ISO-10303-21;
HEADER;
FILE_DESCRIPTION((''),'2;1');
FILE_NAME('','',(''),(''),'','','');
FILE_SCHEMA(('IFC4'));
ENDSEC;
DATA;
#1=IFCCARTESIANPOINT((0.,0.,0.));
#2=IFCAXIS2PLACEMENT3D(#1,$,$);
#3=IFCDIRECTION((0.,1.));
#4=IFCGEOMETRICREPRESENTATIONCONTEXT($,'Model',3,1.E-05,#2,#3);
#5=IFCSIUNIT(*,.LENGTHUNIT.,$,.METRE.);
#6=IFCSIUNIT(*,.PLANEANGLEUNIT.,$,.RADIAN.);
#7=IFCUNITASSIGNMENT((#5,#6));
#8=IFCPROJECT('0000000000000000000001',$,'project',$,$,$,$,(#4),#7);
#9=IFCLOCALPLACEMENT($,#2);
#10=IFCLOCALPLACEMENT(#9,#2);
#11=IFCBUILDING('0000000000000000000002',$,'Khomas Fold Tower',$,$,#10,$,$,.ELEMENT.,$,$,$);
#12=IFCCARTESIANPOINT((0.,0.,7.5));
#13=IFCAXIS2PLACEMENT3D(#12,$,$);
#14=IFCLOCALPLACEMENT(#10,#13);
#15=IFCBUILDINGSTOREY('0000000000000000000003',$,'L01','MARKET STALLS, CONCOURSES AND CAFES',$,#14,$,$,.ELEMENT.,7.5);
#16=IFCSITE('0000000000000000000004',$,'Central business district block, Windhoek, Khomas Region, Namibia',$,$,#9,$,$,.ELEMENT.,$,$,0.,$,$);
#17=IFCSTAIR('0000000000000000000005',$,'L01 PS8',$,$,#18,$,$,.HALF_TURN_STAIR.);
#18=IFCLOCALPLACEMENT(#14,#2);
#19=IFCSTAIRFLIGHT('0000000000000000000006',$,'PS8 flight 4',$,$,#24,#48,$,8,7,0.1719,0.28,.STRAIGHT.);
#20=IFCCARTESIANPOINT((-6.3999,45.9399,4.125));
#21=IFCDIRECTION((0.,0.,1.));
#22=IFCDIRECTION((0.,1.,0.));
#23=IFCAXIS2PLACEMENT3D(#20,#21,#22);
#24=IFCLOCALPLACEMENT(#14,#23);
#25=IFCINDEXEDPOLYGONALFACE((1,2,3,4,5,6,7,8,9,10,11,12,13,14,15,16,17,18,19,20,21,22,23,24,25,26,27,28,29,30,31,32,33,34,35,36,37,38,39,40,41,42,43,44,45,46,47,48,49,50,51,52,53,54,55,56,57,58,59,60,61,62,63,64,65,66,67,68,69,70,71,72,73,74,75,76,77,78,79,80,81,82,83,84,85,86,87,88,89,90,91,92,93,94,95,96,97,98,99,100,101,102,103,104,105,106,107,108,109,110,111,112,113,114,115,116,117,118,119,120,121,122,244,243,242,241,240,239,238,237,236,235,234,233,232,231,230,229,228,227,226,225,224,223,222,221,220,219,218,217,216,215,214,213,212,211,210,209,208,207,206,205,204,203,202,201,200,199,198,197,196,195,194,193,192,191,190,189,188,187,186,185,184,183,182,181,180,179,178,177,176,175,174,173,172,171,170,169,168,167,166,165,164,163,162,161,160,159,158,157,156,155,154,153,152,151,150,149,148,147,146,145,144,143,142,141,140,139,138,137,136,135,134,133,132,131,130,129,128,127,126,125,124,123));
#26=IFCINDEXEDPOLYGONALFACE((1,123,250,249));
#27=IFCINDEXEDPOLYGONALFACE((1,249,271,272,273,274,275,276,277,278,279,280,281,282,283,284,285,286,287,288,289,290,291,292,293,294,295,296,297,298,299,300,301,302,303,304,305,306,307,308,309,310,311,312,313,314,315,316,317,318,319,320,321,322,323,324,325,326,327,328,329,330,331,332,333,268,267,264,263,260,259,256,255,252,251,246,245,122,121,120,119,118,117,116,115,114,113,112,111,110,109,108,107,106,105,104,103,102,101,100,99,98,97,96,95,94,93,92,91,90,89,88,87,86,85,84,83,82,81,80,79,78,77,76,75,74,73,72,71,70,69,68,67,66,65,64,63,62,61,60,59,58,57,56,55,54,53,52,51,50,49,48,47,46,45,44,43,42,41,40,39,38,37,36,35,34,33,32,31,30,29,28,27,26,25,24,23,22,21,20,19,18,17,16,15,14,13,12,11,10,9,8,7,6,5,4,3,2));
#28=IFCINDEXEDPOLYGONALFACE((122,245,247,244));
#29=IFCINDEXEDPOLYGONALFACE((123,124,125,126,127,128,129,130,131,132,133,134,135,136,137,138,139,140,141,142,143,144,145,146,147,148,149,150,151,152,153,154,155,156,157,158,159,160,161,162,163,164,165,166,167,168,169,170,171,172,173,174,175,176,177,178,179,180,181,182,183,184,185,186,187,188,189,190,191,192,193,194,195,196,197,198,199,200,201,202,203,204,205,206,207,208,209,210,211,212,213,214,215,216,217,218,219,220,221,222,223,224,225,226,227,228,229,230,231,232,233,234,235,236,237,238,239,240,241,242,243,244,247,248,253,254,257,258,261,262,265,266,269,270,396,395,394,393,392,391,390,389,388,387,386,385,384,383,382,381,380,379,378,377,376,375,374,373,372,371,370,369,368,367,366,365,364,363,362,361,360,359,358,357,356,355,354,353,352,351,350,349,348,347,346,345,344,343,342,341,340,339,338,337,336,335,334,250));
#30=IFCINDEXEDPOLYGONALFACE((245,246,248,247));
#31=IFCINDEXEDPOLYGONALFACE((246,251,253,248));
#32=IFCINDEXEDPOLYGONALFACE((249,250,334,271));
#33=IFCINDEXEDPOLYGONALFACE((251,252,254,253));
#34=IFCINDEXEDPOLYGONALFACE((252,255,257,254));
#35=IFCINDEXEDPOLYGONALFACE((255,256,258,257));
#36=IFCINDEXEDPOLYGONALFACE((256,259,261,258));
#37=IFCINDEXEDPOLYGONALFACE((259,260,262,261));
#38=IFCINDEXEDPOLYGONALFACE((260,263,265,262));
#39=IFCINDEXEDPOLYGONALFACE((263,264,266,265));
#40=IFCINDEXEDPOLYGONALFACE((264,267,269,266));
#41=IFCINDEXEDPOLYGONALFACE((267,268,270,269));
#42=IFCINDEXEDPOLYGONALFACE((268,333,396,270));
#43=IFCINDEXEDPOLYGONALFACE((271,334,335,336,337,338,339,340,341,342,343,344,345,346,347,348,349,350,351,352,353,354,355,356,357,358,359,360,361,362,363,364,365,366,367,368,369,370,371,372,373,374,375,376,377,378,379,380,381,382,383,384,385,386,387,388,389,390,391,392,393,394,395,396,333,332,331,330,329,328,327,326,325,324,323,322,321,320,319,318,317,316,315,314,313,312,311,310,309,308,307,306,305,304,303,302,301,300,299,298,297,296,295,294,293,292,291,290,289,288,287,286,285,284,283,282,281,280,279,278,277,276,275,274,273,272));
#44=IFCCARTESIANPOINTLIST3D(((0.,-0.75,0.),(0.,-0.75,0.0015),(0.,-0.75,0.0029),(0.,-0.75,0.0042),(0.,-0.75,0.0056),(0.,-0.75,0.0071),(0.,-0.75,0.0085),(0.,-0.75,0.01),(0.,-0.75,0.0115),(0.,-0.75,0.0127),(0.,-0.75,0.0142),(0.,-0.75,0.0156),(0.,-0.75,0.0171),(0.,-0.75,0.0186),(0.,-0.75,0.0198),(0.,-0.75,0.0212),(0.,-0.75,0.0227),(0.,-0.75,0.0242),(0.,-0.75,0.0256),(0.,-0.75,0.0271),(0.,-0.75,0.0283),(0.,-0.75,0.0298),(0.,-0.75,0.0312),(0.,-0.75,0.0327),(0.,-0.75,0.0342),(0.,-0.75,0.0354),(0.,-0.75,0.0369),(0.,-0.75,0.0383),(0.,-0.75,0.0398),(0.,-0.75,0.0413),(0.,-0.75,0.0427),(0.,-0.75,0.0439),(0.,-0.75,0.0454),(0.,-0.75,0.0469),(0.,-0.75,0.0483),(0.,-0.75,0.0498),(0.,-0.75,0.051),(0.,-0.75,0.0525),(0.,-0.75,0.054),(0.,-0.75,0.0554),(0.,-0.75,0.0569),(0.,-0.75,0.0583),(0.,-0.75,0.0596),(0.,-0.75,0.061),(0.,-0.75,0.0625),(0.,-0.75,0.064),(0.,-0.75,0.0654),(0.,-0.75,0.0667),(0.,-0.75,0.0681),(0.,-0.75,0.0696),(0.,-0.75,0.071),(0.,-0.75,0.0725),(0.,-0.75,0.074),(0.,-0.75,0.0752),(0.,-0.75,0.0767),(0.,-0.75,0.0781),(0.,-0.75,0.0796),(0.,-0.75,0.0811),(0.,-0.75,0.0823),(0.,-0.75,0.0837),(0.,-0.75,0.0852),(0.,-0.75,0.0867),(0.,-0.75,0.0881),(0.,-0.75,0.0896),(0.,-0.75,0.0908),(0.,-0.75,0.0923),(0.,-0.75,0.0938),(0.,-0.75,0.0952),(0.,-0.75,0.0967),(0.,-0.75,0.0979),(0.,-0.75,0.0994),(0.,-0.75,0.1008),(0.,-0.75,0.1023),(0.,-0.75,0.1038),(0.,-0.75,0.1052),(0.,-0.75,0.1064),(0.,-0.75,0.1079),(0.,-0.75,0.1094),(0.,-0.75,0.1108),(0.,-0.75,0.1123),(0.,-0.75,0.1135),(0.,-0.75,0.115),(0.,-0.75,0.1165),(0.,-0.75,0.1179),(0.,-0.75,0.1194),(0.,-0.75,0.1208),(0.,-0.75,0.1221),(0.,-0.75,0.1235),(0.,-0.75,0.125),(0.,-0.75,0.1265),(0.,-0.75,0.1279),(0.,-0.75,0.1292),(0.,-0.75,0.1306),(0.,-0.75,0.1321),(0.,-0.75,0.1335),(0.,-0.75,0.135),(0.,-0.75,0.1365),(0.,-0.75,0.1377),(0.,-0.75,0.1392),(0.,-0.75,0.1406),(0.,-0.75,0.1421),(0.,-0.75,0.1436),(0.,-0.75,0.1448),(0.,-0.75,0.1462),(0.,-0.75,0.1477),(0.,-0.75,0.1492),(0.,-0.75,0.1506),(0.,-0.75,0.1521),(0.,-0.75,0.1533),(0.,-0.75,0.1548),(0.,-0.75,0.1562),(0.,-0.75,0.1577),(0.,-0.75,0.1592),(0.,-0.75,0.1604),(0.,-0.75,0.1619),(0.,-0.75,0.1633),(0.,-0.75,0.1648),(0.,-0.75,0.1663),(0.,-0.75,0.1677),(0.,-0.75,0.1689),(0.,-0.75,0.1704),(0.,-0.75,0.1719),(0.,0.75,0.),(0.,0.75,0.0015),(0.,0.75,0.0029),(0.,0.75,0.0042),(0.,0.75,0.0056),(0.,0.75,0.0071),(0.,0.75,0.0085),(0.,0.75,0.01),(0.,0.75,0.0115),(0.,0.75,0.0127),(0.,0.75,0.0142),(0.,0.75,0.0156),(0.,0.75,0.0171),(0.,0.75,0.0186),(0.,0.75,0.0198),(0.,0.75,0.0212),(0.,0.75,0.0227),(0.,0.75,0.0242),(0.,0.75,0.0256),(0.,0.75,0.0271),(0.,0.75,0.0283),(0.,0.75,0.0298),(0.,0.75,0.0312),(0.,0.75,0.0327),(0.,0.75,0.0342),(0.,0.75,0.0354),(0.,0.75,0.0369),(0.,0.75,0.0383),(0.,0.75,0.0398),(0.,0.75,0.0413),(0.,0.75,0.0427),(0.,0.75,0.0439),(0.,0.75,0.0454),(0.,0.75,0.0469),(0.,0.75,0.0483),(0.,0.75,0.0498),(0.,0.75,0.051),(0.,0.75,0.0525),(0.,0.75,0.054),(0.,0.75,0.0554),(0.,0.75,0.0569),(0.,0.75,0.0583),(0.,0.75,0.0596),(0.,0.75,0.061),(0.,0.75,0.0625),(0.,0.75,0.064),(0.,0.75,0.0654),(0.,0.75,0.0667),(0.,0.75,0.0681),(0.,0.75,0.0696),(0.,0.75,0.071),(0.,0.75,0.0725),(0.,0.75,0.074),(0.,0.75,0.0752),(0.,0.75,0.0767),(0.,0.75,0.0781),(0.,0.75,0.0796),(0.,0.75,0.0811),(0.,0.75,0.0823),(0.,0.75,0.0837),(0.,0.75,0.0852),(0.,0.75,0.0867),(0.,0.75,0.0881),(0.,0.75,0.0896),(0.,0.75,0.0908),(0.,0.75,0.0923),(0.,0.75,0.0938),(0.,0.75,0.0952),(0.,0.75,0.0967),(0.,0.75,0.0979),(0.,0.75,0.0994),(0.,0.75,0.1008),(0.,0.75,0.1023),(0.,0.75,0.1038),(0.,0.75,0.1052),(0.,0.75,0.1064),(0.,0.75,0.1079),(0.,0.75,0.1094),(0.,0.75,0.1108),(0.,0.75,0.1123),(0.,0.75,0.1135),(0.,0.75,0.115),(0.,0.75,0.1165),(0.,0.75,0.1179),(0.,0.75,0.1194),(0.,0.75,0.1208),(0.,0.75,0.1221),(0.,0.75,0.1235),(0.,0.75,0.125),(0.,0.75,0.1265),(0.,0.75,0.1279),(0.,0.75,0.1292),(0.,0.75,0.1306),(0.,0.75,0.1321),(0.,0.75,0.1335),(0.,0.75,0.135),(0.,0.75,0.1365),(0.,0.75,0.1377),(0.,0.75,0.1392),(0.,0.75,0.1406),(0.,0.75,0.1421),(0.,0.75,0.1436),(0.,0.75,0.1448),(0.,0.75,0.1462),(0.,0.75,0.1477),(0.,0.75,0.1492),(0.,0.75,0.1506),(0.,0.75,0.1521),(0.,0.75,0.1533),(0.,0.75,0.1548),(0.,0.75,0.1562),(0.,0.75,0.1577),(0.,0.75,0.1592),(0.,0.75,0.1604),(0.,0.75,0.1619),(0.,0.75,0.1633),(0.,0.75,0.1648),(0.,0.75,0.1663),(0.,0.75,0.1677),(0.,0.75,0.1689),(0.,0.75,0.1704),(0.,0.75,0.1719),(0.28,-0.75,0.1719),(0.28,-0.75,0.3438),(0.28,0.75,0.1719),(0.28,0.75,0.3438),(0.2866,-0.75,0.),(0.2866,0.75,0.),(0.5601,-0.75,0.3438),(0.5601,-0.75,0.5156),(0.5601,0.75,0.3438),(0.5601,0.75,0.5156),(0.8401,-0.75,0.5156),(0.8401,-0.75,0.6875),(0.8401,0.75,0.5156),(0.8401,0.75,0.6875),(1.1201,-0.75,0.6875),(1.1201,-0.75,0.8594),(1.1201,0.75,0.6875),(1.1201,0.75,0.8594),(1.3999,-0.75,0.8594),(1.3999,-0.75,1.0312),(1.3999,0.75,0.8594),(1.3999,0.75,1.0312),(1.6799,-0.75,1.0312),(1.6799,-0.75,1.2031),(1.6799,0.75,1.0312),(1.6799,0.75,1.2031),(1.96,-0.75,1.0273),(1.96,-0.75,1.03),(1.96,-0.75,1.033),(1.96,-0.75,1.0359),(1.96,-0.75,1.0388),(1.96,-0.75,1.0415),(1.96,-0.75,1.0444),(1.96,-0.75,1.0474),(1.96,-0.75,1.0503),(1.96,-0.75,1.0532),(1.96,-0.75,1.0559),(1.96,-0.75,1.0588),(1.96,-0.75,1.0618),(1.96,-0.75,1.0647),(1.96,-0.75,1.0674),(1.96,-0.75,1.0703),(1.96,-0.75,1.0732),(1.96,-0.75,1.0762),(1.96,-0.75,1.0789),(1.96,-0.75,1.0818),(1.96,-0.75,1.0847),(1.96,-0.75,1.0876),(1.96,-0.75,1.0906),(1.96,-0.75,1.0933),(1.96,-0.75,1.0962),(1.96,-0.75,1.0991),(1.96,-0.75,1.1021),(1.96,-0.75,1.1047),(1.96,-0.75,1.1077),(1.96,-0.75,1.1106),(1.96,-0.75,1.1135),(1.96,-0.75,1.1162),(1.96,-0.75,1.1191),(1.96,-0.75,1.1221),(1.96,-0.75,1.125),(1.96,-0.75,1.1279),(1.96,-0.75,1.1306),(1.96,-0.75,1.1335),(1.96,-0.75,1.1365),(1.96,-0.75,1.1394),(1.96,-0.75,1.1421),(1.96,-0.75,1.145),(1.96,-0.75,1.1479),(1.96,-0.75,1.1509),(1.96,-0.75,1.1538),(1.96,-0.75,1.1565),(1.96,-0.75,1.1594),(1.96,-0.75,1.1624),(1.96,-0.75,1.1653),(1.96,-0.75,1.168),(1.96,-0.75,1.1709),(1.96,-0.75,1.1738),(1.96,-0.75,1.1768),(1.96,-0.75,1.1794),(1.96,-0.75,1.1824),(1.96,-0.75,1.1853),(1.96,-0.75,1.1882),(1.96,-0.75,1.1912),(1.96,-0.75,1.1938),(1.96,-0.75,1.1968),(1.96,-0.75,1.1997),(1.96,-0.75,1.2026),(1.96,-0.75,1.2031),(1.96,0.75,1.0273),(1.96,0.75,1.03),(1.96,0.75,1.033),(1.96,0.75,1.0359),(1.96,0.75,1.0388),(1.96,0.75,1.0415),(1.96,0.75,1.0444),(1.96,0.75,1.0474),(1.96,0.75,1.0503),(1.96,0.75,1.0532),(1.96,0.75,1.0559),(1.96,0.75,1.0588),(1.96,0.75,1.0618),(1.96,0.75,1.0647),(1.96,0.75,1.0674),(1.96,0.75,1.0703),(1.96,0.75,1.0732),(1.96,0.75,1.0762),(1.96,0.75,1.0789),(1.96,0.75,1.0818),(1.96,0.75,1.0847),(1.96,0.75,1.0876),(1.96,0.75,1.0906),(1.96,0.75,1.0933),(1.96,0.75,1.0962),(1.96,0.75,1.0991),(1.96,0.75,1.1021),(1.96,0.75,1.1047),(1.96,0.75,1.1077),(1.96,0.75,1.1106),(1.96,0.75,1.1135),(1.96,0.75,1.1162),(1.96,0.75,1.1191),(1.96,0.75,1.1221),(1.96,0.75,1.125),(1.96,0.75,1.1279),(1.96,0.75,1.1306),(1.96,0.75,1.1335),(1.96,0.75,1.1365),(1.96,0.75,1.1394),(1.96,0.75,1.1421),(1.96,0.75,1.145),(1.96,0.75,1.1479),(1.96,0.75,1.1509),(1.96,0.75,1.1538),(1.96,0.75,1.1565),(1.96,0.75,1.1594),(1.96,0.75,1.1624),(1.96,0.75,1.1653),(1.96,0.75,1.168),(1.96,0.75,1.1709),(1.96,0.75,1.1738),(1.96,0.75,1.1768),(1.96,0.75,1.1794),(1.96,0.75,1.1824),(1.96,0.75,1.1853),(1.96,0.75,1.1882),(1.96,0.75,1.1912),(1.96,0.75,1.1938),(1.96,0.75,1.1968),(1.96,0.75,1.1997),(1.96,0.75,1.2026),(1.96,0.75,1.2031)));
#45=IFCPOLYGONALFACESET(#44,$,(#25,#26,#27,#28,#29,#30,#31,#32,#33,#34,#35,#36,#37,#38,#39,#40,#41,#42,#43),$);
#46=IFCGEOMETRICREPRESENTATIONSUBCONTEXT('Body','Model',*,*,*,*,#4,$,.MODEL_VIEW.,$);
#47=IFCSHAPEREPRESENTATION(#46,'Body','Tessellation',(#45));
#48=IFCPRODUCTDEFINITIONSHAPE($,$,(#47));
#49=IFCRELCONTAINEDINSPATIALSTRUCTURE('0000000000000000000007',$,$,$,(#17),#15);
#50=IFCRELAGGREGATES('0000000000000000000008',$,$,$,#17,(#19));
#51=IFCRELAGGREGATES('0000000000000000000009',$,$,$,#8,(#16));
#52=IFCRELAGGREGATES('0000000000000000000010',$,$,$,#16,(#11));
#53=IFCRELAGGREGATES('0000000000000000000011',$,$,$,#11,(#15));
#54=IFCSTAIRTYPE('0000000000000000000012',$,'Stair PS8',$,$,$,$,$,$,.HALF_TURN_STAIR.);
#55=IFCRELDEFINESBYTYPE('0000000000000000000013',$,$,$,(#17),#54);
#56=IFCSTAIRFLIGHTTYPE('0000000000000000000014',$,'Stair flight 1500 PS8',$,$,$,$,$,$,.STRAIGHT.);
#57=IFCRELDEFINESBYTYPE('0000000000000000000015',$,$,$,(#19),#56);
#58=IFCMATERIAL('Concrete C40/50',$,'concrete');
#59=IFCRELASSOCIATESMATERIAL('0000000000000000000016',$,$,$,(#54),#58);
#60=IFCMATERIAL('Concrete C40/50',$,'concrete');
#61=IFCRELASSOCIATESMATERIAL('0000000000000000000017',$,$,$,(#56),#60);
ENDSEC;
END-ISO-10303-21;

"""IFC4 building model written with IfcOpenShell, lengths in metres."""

from ifc_helpers import new_model, si_unit, direction, frame, origin, place, context, subcontext, project, spatial, polyline, outline, extrude, source, transform, mapped, material, type_object, element, aggregate, save


model = new_model("IFC4")

# Units and contexts
model_context = context("Model", 3, precision=1e-05, world=origin(), true_north=direction((0.0, 1.0)))
body_context = subcontext(model_context, "Body", "Model", "MODEL_VIEW")
ifc_project = project(units=[si_unit("LENGTHUNIT", "METRE"), si_unit("PLANEANGLEUNIT", "RADIAN")], contexts=[model_context])

# Site, building, storey
site_placement = place(None, origin())
site = spatial("IfcSite", under=ifc_project, at=site_placement, Name="Central business district block, Windhoek, Khomas Region, Namibia", CompositionType="ELEMENT", RefElevation=0.0)
building_placement = place(site_placement, origin())
building = spatial("IfcBuilding", under=site, at=building_placement, Name="Khomas Fold Tower", CompositionType="ELEMENT")
storey_placement = place(building_placement, frame((0.0, 0.0, 7.5)))
storey = spatial("IfcBuildingStorey", under=building, at=storey_placement, Name="L01", Description="MARKET STALLS, CONCOURSES AND CAFES", CompositionType="ELEMENT", Elevation=7.5)

# Stair, stair flight
ifc_material_1 = material(Name="Concrete C40/50", Category="concrete")
stair_type = type_object("IfcStairType", Name="Stair PS8", PredefinedType="HALF_TURN_STAIR", material=ifc_material_1)
stair_placement = place(storey_placement, origin())
stair = element("IfcStair", 1, at=stair_placement, inside=storey, type_object=stair_type, Name="L01 PS8", PredefinedType="HALF_TURN_STAIR")
ifc_material_2 = material(Name="Concrete C40/50", Category="concrete")
stair_flight_type = type_object("IfcStairFlightType", Name="Stair flight 1500 PS8", PredefinedType="STRAIGHT", material=ifc_material_2)
shared_shape_1 = source(origin(), body_context, "Body", "SweptSolid", [
    extrude(outline(polyline([(0.0, 0.0), (0.0, 0.0015), (0.0, 0.0029), (0.0, 0.0042), (0.0, 0.0056), (0.0, 0.0071), (0.0, 0.0085), (0.0, 0.01), (0.0, 0.0115), (0.0, 0.0127), (0.0, 0.0142), (0.0, 0.0156), (0.0, 0.0171), (0.0, 0.0186), (0.0, 0.0198), (0.0, 0.0212), (0.0, 0.0227), (0.0, 0.0242), (0.0, 0.0256), (0.0, 0.0271), (0.0, 0.0283), (0.0, 0.0298), (0.0, 0.0312), (0.0, 0.0327), (0.0, 0.0342), (0.0, 0.0354), (0.0, 0.0369), (0.0, 0.0383), (0.0, 0.0398), (0.0, 0.0413), (0.0, 0.0427), (0.0, 0.0439), (0.0, 0.0454), (0.0, 0.0469), (0.0, 0.0483), (0.0, 0.0498), (0.0, 0.051), (0.0, 0.0525), (0.0, 0.054), (0.0, 0.0554), (0.0, 0.0569), (0.0, 0.0583), (0.0, 0.0596), (0.0, 0.061), (0.0, 0.0625), (0.0, 0.064), (0.0, 0.0654), (0.0, 0.0667), (0.0, 0.0681), (0.0, 0.0696), (0.0, 0.071), (0.0, 0.0725), (0.0, 0.074), (0.0, 0.0752), (0.0, 0.0767), (0.0, 0.0781), (0.0, 0.0796), (0.0, 0.0811), (0.0, 0.0823), (0.0, 0.0837), (0.0, 0.0852), (0.0, 0.0867), (0.0, 0.0881), (0.0, 0.0896), (0.0, 0.0908), (0.0, 0.0923), (0.0, 0.0938), (0.0, 0.0952), (0.0, 0.0967), (0.0, 0.0979), (0.0, 0.0994), (0.0, 0.1008), (0.0, 0.1023), (0.0, 0.1038), (0.0, 0.1052), (0.0, 0.1064), (0.0, 0.1079), (0.0, 0.1094), (0.0, 0.1108), (0.0, 0.1123), (0.0, 0.1135), (0.0, 0.115), (0.0, 0.1165), (0.0, 0.1179), (0.0, 0.1194), (0.0, 0.1208), (0.0, 0.1221), (0.0, 0.1235), (0.0, 0.125), (0.0, 0.1265), (0.0, 0.1279), (0.0, 0.1292), (0.0, 0.1306), (0.0, 0.1321), (0.0, 0.1335), (0.0, 0.135), (0.0, 0.1365), (0.0, 0.1377), (0.0, 0.1392), (0.0, 0.1406), (0.0, 0.1421), (0.0, 0.1436), (0.0, 0.1448), (0.0, 0.1462), (0.0, 0.1477), (0.0, 0.1492), (0.0, 0.1506), (0.0, 0.1521), (0.0, 0.1533), (0.0, 0.1548), (0.0, 0.1562), (0.0, 0.1577), (0.0, 0.1592), (0.0, 0.1604), (0.0, 0.1619), (0.0, 0.1633), (0.0, 0.1648), (0.0, 0.1663), (0.0, 0.1677), (0.0, 0.1689), (0.0, 0.1704), (0.0, 0.1719), (0.28, 0.1719), (0.28, 0.3438), (0.5601, 0.3438), (0.5601, 0.5156), (0.8401, 0.5156), (0.8401, 0.6875), (1.1201, 0.6875), (1.1201, 0.8594), (1.3999, 0.8594), (1.3999, 1.0312), (1.6799, 1.0312), (1.6799, 1.2031), (1.96, 1.2031), (1.96, 1.375), (1.96, 1.3721), (1.96, 1.3691), (1.96, 1.3665), (1.96, 1.3635), (1.96, 1.3606), (1.96, 1.3577), (1.96, 1.355), (1.96, 1.3521), (1.96, 1.3491), (1.96, 1.3462), (1.96, 1.3435), (1.96, 1.3406), (1.96, 1.3376), (1.96, 1.3347), (1.96, 1.3318), (1.96, 1.3291), (1.96, 1.3262), (1.96, 1.3232), (1.96, 1.3203), (1.96, 1.3176), (1.96, 1.3147), (1.96, 1.3118), (1.96, 1.3088), (1.96, 1.3059), (1.96, 1.3032), (1.96, 1.3003), (1.96, 1.2974), (1.96, 1.2944), (1.96, 1.2917), (1.96, 1.2888), (1.96, 1.2859), (1.96, 1.283), (1.96, 1.2803), (1.96, 1.2773), (1.96, 1.2744), (1.96, 1.2715), (1.96, 1.2686), (1.96, 1.2659), (1.96, 1.2629), (1.96, 1.26), (1.96, 1.2571), (1.96, 1.2544), (1.96, 1.2515), (1.96, 1.2485), (1.96, 1.2456), (1.96, 1.2427), (1.96, 1.24), (1.96, 1.2371), (1.96, 1.2341), (1.96, 1.2312), (1.96, 1.2285), (1.96, 1.2256), (1.96, 1.2227), (1.96, 1.2197), (1.96, 1.217), (1.96, 1.2141), (1.96, 1.2112), (1.96, 1.2083), (1.96, 1.2053), (1.96, 1.2026), (1.96, 1.1997), (1.96, 1.1968), (1.96, 1.1938), (1.96, 1.1912), (1.96, 1.1882), (1.96, 1.1853), (1.96, 1.1824), (1.96, 1.1794), (1.96, 1.1768), (1.96, 1.1738), (1.96, 1.1709), (1.96, 1.168), (1.96, 1.1653), (1.96, 1.1624), (1.96, 1.1594), (1.96, 1.1565), (1.96, 1.1538), (1.96, 1.1509), (1.96, 1.1479), (1.96, 1.145), (1.96, 1.1421), (1.96, 1.1394), (1.96, 1.1365), (1.96, 1.1335), (1.96, 1.1306), (1.96, 1.1279), (1.96, 1.125), (1.96, 1.1221), (1.96, 1.1191), (1.96, 1.1162), (1.96, 1.1135), (1.96, 1.1106), (1.96, 1.1077), (1.96, 1.1047), (1.96, 1.1021), (1.96, 1.0991), (1.96, 1.0962), (1.96, 1.0933), (1.96, 1.0906), (1.96, 1.0876), (1.96, 1.0847), (1.96, 1.0818), (1.96, 1.0789), (1.96, 1.0762), (1.96, 1.0732), (1.96, 1.0703), (1.96, 1.0674), (1.96, 1.0647), (1.96, 1.0618), (1.96, 1.0588), (1.96, 1.0559), (1.96, 1.0532), (1.96, 1.0503), (1.96, 1.0474), (1.96, 1.0444), (1.96, 1.0415), (1.96, 1.0388), (1.96, 1.0359), (1.96, 1.033), (1.96, 1.03), (1.96, 1.0273), (0.2866, 0.0), (0.0, 0.0)])), frame((0.0, 0.75, 0.0), z_axis=(0.0, -1.0, 0.0), x_axis=(1.0, 0.0, 0.0)), (0.0, 0.0, 1.0), 1.5),
])
stair_flight_1_placement = place(storey_placement, frame((-6.3999, 45.9399, 4.125), z_axis=(0.0, 0.0, 1.0), x_axis=(0.0, 1.0, 0.0)))
stair_flight_1 = element("IfcStairFlight", 2, at=stair_flight_1_placement, type_object=stair_flight_type, Name="PS8 flight 4", NumberOfRisers=8, NumberOfTreads=7, PredefinedType="STRAIGHT", RiserHeight=0.1719, TreadLength=0.28, context=body_context, shape_type="MappedRepresentation", body=[
    mapped(shared_shape_1, transform((0.0, 0.0, 0.0))),
])
aggregate(stair, [stair_flight_1])

save(model, "model.ifc")
